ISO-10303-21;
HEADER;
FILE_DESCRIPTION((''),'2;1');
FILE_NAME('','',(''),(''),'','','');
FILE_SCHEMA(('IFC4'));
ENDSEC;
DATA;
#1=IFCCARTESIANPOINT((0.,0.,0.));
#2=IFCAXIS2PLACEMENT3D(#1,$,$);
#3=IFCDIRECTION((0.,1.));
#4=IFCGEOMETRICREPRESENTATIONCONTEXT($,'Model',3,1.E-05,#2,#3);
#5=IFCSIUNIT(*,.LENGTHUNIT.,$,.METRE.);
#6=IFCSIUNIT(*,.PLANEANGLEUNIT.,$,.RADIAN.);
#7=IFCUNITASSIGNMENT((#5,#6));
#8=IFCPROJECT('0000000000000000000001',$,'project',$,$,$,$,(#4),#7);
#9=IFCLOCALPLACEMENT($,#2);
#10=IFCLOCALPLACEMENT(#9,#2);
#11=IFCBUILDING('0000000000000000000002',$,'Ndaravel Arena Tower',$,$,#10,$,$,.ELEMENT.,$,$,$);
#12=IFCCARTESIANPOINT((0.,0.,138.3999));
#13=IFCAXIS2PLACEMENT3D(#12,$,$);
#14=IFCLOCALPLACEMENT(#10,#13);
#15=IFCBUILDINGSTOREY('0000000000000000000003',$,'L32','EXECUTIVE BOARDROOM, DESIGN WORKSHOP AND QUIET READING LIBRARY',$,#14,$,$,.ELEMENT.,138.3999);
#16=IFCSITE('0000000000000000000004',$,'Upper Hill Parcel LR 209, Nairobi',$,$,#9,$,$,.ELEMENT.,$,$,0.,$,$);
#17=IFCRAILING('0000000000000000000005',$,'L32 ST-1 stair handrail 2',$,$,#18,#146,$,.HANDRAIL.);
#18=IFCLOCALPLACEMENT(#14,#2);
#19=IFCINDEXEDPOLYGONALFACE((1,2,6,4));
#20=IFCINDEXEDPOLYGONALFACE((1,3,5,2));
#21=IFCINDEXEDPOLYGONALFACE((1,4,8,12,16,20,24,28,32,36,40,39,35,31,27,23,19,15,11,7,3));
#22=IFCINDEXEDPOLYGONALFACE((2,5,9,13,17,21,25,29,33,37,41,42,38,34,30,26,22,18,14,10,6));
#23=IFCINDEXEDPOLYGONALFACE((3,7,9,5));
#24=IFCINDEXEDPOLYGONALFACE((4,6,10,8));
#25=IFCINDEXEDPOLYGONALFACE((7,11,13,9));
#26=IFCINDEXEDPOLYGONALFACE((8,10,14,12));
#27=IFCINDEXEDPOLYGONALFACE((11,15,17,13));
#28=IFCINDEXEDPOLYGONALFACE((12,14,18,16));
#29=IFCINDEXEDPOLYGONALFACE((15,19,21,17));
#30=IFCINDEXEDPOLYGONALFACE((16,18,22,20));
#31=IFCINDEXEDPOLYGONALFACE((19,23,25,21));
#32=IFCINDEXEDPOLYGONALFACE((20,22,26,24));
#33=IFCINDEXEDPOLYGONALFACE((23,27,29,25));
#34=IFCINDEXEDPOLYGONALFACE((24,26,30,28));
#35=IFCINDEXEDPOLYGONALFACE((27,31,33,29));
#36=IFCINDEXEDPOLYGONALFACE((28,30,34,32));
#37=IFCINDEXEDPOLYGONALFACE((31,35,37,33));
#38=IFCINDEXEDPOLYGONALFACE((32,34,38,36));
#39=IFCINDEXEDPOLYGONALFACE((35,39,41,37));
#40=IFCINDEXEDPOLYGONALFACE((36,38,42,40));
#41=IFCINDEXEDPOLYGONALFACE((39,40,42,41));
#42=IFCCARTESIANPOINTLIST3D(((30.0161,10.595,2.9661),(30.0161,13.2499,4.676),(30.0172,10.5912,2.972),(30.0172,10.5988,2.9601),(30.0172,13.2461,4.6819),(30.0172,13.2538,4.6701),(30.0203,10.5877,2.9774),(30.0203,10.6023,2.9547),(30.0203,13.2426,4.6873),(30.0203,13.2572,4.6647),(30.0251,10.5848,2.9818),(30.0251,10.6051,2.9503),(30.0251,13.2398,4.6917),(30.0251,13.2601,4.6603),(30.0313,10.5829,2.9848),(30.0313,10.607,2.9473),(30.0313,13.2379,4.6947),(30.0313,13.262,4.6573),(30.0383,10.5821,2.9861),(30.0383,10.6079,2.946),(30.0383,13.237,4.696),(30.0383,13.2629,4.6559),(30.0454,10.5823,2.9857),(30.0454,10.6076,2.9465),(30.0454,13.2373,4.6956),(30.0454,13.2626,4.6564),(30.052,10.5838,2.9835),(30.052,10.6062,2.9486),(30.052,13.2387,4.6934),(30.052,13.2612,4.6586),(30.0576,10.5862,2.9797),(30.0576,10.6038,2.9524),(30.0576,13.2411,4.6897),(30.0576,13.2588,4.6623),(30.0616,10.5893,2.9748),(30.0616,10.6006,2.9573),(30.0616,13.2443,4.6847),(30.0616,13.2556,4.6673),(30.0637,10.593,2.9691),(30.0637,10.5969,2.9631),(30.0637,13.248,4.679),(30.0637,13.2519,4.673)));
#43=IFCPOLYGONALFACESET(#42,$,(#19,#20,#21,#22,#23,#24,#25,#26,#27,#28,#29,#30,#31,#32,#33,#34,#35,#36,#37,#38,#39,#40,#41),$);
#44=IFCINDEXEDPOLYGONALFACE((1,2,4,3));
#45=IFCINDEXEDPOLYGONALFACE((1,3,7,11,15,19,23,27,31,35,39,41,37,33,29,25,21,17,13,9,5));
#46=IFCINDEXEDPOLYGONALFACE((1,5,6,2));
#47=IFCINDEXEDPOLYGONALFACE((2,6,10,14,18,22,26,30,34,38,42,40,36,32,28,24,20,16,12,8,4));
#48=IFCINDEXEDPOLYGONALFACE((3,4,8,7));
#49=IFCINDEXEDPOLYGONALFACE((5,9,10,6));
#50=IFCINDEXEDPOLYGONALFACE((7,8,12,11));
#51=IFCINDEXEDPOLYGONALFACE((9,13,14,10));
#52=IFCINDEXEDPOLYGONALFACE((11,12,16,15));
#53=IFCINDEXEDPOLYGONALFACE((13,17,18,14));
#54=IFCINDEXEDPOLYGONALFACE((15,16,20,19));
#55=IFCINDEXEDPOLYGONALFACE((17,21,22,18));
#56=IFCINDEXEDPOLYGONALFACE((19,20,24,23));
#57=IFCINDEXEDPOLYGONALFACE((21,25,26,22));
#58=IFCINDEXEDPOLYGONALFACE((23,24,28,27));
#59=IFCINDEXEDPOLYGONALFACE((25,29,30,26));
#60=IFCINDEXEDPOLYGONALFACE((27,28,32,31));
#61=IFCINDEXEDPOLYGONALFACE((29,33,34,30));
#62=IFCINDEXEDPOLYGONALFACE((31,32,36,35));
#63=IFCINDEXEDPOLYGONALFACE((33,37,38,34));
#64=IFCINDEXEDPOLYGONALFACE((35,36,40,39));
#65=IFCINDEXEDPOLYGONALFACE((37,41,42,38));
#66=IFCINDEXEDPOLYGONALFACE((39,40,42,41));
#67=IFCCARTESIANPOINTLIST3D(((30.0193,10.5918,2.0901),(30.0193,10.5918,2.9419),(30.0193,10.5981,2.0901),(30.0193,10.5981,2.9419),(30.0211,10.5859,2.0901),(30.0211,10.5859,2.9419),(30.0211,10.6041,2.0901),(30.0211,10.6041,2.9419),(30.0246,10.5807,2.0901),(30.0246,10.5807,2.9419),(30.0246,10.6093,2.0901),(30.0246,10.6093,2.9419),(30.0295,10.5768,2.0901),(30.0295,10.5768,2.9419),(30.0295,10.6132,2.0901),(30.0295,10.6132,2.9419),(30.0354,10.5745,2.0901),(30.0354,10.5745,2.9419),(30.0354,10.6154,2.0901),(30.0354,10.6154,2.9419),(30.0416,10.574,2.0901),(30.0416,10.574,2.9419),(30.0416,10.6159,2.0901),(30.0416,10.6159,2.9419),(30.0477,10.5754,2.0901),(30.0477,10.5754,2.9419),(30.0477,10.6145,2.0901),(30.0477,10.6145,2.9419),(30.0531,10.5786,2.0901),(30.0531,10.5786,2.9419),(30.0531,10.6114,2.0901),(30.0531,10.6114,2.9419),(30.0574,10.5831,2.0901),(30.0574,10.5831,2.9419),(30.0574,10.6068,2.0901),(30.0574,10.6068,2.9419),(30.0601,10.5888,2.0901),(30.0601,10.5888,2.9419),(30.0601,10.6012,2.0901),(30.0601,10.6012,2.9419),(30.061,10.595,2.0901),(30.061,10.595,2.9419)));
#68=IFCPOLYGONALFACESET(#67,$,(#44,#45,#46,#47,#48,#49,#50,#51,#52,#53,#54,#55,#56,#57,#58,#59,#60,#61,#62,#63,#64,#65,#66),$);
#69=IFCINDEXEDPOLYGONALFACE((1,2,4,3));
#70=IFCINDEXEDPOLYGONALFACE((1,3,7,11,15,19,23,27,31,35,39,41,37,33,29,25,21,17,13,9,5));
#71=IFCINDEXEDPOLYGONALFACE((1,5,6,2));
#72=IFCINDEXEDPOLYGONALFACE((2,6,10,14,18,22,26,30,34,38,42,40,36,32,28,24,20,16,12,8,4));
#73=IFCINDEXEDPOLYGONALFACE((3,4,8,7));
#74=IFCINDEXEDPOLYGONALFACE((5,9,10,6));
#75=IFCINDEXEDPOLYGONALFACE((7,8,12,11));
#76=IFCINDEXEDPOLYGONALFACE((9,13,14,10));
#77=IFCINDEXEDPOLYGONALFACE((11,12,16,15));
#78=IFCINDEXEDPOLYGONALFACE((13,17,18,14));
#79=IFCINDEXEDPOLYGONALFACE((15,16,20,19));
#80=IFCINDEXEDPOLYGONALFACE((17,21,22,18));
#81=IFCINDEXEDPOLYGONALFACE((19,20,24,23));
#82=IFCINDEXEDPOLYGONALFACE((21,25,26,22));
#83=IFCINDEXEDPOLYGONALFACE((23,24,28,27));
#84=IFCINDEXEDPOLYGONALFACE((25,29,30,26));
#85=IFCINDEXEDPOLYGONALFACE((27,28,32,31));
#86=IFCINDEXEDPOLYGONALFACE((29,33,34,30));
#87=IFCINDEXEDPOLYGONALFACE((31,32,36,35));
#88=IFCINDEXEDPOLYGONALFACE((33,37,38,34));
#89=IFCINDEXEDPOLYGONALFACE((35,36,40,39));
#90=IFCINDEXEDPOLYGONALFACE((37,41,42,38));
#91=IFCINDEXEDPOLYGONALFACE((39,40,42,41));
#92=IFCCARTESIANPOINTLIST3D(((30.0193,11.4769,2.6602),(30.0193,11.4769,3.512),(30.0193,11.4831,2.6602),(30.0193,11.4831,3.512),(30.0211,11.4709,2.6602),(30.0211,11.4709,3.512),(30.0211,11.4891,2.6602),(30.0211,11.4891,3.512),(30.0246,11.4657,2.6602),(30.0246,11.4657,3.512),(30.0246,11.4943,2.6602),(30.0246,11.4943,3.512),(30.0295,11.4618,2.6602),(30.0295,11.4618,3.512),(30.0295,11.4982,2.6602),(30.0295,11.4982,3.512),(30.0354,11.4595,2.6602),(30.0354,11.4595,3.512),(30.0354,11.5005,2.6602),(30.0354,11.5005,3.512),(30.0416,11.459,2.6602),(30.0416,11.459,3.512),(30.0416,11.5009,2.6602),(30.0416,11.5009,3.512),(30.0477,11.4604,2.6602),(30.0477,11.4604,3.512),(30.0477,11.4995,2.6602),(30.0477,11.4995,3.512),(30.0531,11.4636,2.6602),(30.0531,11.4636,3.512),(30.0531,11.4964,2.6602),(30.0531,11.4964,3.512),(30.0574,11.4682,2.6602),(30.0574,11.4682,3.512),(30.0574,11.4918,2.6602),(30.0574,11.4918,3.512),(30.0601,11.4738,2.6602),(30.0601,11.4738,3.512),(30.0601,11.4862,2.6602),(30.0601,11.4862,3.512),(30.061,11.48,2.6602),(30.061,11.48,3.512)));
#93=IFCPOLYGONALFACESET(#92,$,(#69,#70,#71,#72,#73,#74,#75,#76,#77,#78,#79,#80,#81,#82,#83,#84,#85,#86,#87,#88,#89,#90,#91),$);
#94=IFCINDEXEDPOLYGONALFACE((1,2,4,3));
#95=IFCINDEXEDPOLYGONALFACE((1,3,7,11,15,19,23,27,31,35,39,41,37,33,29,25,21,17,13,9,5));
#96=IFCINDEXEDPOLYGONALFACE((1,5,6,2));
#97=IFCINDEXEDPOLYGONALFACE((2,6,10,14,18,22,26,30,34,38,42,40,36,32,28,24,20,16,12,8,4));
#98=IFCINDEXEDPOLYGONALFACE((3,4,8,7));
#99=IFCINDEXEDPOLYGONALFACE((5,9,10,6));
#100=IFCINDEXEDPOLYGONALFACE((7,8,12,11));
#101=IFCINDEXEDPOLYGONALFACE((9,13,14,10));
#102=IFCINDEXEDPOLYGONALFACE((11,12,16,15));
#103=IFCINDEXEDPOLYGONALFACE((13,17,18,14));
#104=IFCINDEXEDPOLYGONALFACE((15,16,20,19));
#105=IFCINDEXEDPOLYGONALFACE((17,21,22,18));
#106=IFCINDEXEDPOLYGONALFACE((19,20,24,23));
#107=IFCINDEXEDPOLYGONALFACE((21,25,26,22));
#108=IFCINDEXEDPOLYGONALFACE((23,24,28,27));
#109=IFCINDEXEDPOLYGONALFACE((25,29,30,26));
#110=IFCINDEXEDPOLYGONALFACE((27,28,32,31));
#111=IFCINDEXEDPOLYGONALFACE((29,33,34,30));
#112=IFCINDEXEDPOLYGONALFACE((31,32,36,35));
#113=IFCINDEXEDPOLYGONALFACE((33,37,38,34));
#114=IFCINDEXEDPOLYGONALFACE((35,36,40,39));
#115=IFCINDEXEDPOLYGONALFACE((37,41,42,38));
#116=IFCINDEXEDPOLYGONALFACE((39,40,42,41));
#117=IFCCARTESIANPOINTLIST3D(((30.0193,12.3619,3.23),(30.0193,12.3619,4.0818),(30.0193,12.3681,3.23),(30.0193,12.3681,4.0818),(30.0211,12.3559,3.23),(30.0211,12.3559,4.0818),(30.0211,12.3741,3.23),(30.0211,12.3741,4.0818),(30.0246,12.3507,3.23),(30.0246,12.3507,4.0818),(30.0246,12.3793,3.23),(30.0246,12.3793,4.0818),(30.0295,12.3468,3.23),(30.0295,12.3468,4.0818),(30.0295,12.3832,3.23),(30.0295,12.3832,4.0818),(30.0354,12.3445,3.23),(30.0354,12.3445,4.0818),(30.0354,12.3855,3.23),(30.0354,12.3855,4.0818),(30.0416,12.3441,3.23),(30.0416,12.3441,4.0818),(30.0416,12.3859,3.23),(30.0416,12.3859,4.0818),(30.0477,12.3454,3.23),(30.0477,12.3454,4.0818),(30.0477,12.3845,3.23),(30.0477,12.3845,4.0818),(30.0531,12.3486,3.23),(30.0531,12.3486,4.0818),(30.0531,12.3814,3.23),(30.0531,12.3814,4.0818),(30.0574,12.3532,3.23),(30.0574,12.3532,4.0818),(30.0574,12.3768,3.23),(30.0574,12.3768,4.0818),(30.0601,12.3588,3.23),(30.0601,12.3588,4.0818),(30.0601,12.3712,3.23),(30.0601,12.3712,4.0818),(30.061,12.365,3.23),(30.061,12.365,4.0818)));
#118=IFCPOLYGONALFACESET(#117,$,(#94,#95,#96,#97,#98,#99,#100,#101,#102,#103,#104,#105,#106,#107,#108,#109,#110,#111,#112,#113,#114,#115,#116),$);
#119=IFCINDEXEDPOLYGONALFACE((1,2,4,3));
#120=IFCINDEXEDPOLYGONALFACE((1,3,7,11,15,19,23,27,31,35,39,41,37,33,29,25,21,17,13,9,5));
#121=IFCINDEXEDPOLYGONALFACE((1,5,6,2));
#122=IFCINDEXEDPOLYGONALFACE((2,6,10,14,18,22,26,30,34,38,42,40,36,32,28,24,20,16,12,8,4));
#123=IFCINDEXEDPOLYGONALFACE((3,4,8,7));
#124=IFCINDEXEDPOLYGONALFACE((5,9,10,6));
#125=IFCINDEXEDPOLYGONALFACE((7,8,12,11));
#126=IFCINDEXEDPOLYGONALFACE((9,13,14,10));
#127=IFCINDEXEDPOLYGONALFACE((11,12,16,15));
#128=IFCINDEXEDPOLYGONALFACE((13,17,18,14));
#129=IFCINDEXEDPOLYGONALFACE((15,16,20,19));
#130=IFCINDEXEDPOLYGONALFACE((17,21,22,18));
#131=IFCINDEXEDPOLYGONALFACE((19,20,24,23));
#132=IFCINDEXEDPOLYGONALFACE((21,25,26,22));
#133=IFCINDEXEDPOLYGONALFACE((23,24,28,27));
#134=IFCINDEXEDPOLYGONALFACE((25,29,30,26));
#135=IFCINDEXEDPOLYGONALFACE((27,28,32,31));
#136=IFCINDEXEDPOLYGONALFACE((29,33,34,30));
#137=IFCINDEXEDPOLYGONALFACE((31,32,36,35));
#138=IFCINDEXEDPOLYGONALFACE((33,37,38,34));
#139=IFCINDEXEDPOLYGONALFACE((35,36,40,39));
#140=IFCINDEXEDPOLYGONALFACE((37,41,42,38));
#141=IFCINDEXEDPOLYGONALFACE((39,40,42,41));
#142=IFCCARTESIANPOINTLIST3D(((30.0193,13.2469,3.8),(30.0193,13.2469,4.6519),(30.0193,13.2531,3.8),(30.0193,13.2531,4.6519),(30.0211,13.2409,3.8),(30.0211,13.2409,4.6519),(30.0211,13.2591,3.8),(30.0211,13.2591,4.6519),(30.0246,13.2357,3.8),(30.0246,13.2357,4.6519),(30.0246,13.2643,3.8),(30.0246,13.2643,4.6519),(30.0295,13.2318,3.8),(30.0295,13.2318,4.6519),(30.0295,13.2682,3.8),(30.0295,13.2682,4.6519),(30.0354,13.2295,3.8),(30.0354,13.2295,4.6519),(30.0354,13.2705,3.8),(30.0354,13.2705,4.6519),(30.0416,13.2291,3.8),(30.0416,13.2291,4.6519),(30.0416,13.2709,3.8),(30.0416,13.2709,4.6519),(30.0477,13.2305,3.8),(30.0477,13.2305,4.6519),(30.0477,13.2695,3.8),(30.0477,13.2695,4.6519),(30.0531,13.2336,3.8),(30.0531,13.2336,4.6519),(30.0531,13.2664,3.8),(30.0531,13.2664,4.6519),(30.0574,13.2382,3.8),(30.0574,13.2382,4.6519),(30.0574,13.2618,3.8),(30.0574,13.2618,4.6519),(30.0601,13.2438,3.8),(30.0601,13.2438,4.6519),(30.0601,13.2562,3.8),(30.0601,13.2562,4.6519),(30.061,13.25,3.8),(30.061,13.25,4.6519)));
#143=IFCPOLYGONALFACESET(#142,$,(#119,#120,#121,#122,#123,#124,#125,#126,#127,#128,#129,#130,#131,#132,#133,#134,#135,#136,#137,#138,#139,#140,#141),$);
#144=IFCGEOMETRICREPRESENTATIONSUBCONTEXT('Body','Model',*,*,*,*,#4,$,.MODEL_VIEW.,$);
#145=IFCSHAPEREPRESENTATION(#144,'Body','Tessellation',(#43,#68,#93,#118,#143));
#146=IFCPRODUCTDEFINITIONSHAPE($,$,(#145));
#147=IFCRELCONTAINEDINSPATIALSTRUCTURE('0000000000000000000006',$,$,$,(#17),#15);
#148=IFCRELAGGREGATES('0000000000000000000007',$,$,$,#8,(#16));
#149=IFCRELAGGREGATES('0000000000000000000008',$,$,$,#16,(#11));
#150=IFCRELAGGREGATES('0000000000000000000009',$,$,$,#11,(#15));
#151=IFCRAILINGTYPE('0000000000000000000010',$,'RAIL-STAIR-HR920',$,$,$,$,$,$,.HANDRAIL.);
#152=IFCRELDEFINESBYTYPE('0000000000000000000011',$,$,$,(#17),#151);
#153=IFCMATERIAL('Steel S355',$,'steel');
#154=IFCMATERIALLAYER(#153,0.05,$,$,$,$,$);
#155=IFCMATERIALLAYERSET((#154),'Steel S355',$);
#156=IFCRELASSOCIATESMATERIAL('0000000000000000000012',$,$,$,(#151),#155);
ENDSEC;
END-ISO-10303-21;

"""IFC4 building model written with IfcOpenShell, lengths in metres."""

from ifc_helpers import new_model, si_unit, direction, frame, origin, origin_2d, place, context, subcontext, project, spatial, circle, extrude, material, layer, layer_set, type_object, element, save


model = new_model("IFC4")

# Units and contexts
model_context = context("Model", 3, precision=1e-05, world=origin(), true_north=direction((0.0, 1.0)))
body_context = subcontext(model_context, "Body", "Model", "MODEL_VIEW")
ifc_project = project(units=[si_unit("LENGTHUNIT", "METRE"), si_unit("PLANEANGLEUNIT", "RADIAN")], contexts=[model_context])

# Site, building, storey
site_placement = place(None, origin())
site = spatial("IfcSite", under=ifc_project, at=site_placement, Name="Upper Hill Parcel LR 209, Nairobi", CompositionType="ELEMENT", RefElevation=0.0)
building_placement = place(site_placement, origin())
building = spatial("IfcBuilding", under=site, at=building_placement, Name="Ndaravel Arena Tower", CompositionType="ELEMENT")
storey_placement = place(building_placement, frame((0.0, 0.0, 138.3999)))
storey = spatial("IfcBuildingStorey", under=building, at=storey_placement, Name="L32", Description="EXECUTIVE BOARDROOM, DESIGN WORKSHOP AND QUIET READING LIBRARY", CompositionType="ELEMENT", Elevation=138.3999)

# Railing
ifc_material_1 = material(Name="Steel S355", Category="steel")
ifc_layer_1 = layer(ifc_material_1, 0.05)
ifc_layer_set_1 = layer_set([ifc_layer_1], Name="Steel S355")
railing_type_1 = type_object("IfcRailingType", Name="RAIL-STAIR-HR920", PredefinedType="HANDRAIL", material=ifc_layer_set_1)
railing_1_placement = place(storey_placement, frame((30.04, 10.595, 2.0901)))
element("IfcRailing", 1, at=railing_1_placement, inside=storey, type_object=railing_type_1, Name="L32 ST-1 stair handrail 2", PredefinedType="HANDRAIL", context=body_context, shape_type="SweptSolid", body=[
    extrude(circle(Radius=0.0239, at=origin_2d()), frame((0.0, 0.0, 0.876), z_axis=(0.0, 0.840724, 0.541465), x_axis=(-1.0, 0.0, 0.0)), (0.0, 0.0, 1.0), 3.158),
    extrude(circle(Radius=0.021, at=origin_2d()), origin(), (0.0, 0.0, 1.0), 0.8518),
    extrude(circle(Radius=0.021, at=origin_2d()), frame((0.0, 0.885, 0.5701)), (0.0, 0.0, 1.0), 0.8518),
    extrude(circle(Radius=0.021, at=origin_2d()), frame((0.0, 1.77, 1.1399)), (0.0, 0.0, 1.0), 0.8518),
    extrude(circle(Radius=0.021, at=origin_2d()), frame((0.0, 2.655, 1.71)), (0.0, 0.0, 1.0), 0.8518),
])

save(model, "model.ifc")
